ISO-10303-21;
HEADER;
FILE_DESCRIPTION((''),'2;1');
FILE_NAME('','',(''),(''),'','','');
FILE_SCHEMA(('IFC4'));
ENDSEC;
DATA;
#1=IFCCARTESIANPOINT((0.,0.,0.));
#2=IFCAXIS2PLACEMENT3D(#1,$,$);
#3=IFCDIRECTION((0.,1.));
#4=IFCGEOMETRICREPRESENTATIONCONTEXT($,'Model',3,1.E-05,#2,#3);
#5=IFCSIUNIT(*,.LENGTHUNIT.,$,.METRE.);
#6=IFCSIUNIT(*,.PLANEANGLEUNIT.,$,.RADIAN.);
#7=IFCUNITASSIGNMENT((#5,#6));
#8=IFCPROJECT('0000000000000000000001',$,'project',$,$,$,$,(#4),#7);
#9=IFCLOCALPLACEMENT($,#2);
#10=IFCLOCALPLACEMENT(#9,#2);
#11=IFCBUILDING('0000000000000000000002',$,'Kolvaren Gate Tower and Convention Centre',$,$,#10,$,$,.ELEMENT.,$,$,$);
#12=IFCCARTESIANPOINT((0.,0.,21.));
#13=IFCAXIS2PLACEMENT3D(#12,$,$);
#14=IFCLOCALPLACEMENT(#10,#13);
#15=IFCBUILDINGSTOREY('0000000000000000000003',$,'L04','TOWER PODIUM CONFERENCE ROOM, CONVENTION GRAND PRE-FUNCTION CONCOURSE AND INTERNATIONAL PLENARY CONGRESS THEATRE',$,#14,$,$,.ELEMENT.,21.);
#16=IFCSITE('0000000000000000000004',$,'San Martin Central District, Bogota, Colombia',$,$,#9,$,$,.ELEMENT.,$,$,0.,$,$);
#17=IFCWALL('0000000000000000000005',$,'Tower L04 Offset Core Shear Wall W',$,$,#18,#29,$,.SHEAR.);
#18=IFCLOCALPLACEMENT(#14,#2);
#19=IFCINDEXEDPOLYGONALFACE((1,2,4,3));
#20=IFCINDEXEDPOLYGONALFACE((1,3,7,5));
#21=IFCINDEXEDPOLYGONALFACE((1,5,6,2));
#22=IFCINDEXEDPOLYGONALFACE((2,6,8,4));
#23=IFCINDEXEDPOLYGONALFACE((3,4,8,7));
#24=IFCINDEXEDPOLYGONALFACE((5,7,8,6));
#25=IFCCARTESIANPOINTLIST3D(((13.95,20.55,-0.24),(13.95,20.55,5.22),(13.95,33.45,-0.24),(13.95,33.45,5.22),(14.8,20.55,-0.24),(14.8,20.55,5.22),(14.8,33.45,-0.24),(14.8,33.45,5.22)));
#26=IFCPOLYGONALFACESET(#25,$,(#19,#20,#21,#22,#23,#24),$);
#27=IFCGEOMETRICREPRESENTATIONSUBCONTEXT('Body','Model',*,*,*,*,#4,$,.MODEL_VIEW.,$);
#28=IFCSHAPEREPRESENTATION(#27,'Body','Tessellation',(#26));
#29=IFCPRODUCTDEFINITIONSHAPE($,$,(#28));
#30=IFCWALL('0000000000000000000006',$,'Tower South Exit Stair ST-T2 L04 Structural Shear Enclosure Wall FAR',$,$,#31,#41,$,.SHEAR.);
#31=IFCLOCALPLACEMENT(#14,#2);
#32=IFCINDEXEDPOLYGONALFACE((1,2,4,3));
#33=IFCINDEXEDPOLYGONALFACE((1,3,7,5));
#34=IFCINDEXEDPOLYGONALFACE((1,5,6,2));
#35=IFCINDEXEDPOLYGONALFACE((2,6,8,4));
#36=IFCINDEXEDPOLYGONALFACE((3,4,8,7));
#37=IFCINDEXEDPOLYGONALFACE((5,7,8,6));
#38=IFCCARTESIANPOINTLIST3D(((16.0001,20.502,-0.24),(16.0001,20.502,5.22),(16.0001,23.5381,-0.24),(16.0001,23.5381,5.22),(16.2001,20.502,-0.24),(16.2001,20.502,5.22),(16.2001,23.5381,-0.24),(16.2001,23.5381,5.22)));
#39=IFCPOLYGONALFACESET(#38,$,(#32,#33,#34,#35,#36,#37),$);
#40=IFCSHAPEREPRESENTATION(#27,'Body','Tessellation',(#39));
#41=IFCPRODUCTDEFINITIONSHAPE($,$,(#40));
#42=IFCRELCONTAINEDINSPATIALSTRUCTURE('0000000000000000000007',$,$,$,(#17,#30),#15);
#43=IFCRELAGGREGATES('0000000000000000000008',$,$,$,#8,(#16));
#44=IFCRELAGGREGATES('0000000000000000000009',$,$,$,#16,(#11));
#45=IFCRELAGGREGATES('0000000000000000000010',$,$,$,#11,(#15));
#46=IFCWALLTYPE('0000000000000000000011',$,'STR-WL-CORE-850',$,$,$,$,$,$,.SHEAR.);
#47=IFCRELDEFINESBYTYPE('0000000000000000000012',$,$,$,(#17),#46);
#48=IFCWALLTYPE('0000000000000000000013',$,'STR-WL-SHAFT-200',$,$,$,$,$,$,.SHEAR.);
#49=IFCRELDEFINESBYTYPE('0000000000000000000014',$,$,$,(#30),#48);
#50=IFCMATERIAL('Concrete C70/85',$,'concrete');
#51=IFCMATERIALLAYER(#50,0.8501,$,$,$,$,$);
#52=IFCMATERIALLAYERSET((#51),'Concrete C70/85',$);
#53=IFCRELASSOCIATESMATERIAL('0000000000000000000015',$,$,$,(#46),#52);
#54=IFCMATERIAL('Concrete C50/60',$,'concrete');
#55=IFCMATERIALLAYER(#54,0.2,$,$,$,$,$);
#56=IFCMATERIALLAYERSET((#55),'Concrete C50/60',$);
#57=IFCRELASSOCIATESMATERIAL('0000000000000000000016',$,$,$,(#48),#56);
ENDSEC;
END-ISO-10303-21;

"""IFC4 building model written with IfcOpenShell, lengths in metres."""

from ifc_helpers import new_model, si_unit, direction, frame, frame_2d, origin, place, context, subcontext, project, spatial, rectangle, extrude, material, layer, layer_set, type_object, element, save


model = new_model("IFC4")

# Units and contexts
model_context = context("Model", 3, precision=1e-05, world=origin(), true_north=direction((0.0, 1.0)))
body_context = subcontext(model_context, "Body", "Model", "MODEL_VIEW")
ifc_project = project(units=[si_unit("LENGTHUNIT", "METRE"), si_unit("PLANEANGLEUNIT", "RADIAN")], contexts=[model_context])

# Site, building, storey
site_placement = place(None, origin())
site = spatial("IfcSite", under=ifc_project, at=site_placement, Name="San Martin Central District, Bogota, Colombia", CompositionType="ELEMENT", RefElevation=0.0)
building_placement = place(site_placement, origin())
building = spatial("IfcBuilding", under=site, at=building_placement, Name="Kolvaren Gate Tower and Convention Centre", CompositionType="ELEMENT")
storey_placement = place(building_placement, frame((0.0, 0.0, 21.0)))
storey = spatial("IfcBuildingStorey", under=building, at=storey_placement, Name="L04", Description="TOWER PODIUM CONFERENCE ROOM, CONVENTION GRAND PRE-FUNCTION CONCOURSE AND INTERNATIONAL PLENARY CONGRESS THEATRE", CompositionType="ELEMENT", Elevation=21.0)

# Shared definitions
ifc_material_1 = material(Name="Concrete C70/85", Category="concrete")

# Walls
ifc_material_2 = material(Name="Concrete C50/60", Category="concrete")
ifc_layer_1 = layer(ifc_material_1, 0.8501)
ifc_layer_set_1 = layer_set([ifc_layer_1], Name="Concrete C70/85")
wall_type_1 = type_object("IfcWallType", Name="STR-WL-CORE-850", PredefinedType="SHEAR", material=ifc_layer_set_1)
wall_1_placement = place(storey_placement, frame((14.375, 20.55, -0.24), z_axis=(0.0, 0.0, 1.0), x_axis=(0.0, 1.0, 0.0)))
element("IfcWall", 1, at=wall_1_placement, inside=storey, type_object=wall_type_1, Name="Tower L04 Offset Core Shear Wall W", PredefinedType="SHEAR", context=body_context, shape_type="SweptSolid", body=[
    extrude(rectangle(XDim=12.8999, YDim=0.8501, at=frame_2d((6.45, 0.0))), origin(), (0.0, 0.0, 1.0), 5.46),
])
ifc_layer_2 = layer(ifc_material_2, 0.2)
ifc_layer_set_2 = layer_set([ifc_layer_2], Name="Concrete C50/60")
wall_type_2 = type_object("IfcWallType", Name="STR-WL-SHAFT-200", PredefinedType="SHEAR", material=ifc_layer_set_2)
wall_2_placement = place(storey_placement, frame((16.1001, 20.502, -0.24), z_axis=(0.0, 0.0, 1.0), x_axis=(0.0, 1.0, 0.0)))
element("IfcWall", 2, at=wall_2_placement, inside=storey, type_object=wall_type_2, Name="Tower South Exit Stair ST-T2 L04 Structural Shear Enclosure Wall FAR", PredefinedType="SHEAR", context=body_context, shape_type="SweptSolid", body=[
    extrude(rectangle(XDim=3.0361, YDim=0.2, at=frame_2d((1.5181, 0.0))), origin(), (0.0, 0.0, 1.0), 5.46),
])

save(model, "model.ifc")
